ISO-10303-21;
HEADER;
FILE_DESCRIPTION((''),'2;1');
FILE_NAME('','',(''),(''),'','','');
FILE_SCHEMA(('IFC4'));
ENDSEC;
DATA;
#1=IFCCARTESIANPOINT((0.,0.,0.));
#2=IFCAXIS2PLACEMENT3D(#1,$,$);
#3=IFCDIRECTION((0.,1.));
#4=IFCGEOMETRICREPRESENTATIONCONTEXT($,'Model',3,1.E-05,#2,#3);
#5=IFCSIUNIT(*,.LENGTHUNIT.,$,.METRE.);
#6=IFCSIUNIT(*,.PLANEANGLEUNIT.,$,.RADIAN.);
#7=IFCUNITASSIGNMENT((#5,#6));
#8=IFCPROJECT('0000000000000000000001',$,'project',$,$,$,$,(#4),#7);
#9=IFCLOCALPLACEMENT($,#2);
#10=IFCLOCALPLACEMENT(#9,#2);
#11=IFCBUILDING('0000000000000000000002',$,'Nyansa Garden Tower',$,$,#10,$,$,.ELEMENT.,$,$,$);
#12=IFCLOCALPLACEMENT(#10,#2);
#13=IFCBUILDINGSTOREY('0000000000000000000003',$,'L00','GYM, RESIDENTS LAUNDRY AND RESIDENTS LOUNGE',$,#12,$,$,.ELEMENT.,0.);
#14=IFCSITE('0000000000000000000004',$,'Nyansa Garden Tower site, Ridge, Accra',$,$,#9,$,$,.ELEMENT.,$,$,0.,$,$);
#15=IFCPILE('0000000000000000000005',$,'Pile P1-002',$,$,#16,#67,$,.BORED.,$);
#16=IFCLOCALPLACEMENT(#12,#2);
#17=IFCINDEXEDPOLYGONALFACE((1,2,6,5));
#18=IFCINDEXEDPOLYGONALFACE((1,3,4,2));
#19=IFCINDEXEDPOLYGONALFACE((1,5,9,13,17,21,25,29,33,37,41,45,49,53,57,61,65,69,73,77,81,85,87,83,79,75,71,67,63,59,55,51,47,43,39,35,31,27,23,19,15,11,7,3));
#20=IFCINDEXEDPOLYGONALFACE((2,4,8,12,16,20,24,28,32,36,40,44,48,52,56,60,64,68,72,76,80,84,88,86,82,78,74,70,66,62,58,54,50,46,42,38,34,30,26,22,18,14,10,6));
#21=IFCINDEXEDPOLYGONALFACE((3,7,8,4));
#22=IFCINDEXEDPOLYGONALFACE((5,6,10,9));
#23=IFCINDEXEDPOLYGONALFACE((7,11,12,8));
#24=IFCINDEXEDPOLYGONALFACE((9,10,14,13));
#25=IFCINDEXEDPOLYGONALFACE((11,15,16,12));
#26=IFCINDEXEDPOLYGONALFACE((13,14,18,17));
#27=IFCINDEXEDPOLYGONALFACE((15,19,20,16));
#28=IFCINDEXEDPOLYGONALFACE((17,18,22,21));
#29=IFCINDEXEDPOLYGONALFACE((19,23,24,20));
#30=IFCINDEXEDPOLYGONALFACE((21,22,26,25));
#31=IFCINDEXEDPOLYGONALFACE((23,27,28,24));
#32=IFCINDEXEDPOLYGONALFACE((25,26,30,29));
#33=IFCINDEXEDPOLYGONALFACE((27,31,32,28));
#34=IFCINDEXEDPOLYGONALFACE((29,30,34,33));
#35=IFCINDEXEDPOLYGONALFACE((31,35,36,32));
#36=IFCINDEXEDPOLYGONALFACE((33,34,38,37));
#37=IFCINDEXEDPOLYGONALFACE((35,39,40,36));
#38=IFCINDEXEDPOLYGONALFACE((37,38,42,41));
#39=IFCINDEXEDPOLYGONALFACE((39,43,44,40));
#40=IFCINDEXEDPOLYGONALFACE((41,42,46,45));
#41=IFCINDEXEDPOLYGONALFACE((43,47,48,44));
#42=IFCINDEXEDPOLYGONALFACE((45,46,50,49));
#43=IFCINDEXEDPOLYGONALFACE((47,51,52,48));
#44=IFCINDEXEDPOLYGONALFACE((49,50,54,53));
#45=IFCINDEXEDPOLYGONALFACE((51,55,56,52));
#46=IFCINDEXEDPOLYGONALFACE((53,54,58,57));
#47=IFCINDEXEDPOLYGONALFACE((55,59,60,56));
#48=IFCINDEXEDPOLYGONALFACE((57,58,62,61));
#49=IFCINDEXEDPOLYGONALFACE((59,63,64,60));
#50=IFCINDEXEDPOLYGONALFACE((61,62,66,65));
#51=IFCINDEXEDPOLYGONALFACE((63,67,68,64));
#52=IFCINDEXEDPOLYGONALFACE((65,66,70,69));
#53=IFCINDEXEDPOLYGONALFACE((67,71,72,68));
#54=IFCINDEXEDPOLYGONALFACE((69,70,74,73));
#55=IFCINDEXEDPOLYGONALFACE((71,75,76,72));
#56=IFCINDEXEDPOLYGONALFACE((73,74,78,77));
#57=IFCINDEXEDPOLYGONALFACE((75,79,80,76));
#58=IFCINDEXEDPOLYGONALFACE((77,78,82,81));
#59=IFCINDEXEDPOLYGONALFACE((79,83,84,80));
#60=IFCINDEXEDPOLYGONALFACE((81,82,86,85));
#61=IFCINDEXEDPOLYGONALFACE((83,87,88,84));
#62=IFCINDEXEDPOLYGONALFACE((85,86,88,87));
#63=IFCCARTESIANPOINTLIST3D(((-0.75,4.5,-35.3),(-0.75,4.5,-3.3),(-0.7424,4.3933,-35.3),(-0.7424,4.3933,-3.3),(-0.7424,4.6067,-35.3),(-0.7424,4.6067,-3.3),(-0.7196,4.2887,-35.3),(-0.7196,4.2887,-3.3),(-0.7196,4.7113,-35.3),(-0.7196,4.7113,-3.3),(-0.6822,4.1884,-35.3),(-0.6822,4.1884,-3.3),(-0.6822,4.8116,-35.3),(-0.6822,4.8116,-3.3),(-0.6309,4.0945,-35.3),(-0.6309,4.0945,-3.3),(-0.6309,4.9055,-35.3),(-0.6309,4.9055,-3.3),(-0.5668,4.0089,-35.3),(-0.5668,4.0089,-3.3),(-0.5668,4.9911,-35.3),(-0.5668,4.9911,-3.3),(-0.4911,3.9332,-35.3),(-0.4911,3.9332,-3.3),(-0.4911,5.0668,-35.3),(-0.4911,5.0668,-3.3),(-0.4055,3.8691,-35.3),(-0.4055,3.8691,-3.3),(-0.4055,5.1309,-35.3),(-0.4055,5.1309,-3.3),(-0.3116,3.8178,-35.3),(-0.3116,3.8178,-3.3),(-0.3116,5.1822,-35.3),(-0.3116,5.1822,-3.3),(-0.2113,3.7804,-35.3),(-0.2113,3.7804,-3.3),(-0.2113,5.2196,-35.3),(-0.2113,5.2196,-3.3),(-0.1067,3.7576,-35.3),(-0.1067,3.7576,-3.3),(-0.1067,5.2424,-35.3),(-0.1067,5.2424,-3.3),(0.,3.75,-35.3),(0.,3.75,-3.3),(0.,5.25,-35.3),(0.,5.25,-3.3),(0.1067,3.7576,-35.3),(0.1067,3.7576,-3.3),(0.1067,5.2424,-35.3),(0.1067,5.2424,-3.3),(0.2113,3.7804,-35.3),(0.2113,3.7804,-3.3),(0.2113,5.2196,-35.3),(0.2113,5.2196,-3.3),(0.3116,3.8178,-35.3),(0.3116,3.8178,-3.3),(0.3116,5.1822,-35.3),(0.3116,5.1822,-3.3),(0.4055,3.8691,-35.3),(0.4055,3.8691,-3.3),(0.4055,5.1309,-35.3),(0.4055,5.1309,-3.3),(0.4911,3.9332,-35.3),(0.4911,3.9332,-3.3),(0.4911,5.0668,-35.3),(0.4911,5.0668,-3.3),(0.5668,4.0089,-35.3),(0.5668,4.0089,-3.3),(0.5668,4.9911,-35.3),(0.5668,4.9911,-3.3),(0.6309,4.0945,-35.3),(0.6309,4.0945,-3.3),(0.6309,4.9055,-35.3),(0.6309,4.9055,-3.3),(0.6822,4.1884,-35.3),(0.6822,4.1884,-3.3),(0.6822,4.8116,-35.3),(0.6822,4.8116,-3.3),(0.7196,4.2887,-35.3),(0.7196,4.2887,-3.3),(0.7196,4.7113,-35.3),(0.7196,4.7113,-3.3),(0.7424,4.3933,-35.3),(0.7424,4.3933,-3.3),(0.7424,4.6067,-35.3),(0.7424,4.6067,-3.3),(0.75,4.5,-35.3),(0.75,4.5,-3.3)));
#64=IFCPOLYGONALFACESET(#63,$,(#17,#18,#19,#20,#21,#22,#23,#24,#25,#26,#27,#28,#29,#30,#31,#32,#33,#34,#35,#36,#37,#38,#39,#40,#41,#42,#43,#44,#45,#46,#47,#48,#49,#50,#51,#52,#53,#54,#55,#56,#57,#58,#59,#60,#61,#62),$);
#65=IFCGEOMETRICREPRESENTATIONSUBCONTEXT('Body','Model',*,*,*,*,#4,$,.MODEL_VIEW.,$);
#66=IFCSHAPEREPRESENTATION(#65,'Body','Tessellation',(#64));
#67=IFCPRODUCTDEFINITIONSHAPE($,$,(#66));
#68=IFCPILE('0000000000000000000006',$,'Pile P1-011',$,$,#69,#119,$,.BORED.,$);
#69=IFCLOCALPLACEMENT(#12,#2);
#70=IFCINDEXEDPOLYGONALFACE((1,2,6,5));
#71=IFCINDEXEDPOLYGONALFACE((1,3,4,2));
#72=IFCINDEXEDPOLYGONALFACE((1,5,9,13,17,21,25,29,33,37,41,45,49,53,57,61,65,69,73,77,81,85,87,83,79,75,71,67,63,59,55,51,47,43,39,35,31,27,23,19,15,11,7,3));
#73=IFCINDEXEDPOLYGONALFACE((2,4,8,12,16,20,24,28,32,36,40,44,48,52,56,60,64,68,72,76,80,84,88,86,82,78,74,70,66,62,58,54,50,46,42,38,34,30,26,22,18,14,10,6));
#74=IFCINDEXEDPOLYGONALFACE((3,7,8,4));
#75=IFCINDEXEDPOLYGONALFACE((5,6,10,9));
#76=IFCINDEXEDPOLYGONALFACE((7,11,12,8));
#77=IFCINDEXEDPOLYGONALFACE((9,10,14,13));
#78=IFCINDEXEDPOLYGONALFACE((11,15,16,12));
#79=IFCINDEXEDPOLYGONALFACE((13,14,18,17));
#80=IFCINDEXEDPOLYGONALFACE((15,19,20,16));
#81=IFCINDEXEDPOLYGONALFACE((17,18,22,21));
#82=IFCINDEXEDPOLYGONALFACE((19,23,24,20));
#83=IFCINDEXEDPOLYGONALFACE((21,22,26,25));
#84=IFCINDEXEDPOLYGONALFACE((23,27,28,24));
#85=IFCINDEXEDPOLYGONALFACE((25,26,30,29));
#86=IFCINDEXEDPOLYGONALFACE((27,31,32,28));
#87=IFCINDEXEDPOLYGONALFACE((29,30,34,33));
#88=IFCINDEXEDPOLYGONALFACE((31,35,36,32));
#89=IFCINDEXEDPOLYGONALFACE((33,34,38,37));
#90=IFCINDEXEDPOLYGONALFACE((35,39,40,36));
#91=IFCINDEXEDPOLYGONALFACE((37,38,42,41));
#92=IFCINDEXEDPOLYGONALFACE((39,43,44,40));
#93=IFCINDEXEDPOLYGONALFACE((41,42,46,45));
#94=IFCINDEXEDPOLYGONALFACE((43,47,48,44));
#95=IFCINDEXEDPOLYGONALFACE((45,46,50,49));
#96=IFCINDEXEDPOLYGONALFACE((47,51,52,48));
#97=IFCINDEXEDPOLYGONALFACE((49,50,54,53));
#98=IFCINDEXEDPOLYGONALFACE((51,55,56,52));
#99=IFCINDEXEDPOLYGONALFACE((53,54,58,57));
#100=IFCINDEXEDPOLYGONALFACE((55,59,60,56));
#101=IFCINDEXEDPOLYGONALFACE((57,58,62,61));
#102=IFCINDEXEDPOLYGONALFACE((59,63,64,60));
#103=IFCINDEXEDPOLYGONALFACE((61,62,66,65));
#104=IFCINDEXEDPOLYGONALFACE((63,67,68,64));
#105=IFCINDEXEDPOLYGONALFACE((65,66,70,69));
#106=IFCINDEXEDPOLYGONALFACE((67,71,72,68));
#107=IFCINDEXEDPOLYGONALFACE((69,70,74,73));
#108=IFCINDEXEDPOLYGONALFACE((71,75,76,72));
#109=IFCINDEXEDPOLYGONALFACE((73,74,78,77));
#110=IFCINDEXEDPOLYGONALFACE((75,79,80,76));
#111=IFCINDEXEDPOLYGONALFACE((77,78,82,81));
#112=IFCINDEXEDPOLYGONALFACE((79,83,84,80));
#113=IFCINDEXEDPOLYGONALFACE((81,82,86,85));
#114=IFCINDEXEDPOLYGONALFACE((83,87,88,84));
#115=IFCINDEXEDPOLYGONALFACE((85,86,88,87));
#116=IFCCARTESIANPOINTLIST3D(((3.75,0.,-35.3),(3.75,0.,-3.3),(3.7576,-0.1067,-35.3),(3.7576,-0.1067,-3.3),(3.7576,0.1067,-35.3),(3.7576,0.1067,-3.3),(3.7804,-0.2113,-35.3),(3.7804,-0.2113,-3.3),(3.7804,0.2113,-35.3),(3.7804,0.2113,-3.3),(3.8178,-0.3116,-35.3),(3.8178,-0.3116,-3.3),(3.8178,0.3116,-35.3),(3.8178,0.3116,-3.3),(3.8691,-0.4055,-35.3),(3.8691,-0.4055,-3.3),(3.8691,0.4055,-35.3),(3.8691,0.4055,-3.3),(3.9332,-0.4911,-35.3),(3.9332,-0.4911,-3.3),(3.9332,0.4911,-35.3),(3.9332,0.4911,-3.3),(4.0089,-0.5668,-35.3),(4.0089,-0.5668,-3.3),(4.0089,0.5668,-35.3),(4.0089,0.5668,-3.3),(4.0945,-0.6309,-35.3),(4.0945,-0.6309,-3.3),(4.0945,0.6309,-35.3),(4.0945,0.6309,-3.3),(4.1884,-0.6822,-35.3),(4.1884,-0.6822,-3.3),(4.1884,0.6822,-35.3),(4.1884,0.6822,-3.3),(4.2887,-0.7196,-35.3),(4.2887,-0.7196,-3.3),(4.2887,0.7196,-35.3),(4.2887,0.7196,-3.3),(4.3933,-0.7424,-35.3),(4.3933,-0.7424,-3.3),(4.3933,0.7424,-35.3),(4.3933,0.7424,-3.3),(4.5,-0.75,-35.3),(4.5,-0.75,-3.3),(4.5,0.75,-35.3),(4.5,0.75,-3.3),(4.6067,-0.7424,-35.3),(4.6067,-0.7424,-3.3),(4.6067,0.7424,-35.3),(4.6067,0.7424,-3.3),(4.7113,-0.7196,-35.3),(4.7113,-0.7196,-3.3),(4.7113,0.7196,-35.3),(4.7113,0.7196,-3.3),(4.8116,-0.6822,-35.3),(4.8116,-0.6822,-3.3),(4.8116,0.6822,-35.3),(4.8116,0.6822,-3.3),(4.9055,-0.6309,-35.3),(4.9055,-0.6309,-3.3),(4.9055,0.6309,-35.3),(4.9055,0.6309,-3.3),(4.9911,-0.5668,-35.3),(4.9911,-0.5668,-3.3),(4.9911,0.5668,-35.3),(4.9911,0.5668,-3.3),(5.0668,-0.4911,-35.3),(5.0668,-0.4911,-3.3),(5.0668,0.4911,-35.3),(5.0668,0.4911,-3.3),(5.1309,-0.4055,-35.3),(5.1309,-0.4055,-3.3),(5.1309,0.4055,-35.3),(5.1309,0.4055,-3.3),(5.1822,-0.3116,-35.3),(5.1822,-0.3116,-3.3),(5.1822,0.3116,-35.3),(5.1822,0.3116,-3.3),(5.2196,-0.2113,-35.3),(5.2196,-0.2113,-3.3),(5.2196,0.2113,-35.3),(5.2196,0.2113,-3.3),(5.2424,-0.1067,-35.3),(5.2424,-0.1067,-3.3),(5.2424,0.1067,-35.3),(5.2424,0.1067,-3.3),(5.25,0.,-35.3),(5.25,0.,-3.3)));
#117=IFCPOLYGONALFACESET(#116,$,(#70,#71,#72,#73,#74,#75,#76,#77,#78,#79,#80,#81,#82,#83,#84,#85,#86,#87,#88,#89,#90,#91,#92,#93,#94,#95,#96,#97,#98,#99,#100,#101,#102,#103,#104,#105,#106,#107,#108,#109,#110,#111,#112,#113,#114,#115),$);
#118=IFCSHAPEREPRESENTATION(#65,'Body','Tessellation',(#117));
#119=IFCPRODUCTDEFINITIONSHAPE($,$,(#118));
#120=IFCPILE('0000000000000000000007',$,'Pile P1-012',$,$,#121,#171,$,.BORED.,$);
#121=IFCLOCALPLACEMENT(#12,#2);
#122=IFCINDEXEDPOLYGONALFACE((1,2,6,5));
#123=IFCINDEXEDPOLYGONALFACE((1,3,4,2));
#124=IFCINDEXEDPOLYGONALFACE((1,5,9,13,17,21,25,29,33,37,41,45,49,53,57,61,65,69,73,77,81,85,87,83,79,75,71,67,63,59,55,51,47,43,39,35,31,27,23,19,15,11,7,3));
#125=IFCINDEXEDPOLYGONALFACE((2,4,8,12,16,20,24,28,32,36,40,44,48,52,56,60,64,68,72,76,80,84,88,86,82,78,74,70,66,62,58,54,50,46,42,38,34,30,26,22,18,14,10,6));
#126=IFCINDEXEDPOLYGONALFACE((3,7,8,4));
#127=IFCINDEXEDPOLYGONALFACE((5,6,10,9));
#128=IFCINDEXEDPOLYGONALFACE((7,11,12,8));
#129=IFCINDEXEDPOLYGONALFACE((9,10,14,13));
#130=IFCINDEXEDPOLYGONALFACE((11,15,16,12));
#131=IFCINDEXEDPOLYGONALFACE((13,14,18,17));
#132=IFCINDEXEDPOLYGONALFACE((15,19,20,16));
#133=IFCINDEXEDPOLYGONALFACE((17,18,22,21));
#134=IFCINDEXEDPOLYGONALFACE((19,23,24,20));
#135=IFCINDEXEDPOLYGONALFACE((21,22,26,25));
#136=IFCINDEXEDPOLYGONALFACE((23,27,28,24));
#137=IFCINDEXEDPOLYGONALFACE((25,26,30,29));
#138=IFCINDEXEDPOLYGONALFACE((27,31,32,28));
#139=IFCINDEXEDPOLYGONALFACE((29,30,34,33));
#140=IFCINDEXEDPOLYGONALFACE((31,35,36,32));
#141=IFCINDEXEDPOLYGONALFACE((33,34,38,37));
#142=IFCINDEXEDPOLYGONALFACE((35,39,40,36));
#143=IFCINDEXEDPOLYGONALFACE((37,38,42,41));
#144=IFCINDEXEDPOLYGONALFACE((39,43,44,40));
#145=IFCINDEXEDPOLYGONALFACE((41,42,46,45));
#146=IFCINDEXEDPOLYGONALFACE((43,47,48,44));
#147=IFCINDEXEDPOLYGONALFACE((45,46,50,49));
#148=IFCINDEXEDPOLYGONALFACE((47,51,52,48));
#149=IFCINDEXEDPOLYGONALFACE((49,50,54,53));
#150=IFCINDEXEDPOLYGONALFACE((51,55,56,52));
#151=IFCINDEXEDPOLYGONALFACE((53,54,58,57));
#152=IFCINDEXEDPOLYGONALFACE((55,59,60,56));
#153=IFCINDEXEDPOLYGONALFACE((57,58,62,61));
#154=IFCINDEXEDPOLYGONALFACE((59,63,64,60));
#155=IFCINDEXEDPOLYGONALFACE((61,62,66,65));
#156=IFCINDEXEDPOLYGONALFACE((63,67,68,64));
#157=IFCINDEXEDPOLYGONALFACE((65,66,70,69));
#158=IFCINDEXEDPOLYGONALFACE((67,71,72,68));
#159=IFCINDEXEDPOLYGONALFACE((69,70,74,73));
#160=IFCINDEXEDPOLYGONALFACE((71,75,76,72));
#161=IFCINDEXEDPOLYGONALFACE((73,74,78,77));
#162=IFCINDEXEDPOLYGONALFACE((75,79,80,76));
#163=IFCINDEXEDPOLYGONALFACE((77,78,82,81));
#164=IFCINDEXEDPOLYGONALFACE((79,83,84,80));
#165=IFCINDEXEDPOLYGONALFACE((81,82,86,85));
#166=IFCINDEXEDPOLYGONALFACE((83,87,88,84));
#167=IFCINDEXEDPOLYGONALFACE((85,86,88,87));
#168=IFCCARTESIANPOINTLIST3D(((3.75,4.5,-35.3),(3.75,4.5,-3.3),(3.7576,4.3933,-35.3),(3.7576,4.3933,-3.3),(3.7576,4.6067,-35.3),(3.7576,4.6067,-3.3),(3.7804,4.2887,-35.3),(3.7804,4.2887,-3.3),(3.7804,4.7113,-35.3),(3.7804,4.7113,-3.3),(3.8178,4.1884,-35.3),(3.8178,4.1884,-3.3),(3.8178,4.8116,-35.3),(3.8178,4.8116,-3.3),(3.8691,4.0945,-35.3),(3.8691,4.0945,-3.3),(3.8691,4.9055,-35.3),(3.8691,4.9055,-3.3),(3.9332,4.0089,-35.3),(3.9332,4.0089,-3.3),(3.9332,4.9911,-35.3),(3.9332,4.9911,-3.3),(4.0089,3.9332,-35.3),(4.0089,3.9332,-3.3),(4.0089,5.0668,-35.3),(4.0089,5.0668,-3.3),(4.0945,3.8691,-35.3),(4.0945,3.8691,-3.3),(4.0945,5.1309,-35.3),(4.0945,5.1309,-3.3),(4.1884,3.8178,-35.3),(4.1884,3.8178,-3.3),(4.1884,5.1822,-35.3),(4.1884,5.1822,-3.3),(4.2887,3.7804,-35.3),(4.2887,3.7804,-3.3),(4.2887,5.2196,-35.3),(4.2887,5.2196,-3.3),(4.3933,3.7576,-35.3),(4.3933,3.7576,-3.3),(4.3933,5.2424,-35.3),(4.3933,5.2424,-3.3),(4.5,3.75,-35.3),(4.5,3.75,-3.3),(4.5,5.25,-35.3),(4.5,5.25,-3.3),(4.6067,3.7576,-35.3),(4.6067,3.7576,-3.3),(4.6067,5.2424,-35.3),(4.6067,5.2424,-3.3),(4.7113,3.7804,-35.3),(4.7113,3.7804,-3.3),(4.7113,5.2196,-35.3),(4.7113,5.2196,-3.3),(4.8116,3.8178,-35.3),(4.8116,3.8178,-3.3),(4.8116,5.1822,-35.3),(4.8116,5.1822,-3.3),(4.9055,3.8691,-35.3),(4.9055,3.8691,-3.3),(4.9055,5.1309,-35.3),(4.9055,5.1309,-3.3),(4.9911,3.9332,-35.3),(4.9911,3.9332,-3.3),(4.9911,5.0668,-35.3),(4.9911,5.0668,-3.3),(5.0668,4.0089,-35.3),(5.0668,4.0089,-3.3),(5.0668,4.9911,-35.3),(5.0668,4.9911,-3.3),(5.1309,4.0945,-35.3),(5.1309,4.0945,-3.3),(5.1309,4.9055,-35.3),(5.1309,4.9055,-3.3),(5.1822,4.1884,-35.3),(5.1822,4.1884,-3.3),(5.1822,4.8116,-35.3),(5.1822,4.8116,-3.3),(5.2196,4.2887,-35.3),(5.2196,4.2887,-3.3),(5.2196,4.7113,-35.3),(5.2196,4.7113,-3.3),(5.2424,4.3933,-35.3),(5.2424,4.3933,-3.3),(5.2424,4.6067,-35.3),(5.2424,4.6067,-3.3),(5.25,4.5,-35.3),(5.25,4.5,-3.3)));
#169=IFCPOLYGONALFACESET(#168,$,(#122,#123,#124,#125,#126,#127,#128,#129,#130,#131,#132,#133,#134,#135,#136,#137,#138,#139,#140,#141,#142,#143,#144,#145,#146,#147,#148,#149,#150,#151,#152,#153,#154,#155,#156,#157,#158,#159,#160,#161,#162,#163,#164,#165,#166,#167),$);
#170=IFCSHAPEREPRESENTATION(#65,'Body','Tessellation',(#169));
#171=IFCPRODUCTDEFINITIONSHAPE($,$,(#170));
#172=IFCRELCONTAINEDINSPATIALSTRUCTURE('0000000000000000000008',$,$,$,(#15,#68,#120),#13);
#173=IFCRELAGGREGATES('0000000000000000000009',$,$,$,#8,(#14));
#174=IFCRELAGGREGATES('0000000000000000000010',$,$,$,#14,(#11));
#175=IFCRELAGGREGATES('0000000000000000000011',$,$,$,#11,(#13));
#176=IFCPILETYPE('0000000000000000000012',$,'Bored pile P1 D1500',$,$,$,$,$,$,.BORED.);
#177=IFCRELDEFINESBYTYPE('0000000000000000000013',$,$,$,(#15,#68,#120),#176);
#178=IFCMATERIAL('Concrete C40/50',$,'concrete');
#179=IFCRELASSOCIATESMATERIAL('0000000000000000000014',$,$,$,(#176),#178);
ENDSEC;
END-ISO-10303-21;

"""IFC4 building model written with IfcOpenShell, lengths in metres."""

from ifc_helpers import new_model, si_unit, direction, frame, origin, origin_2d, place, context, subcontext, project, spatial, circle, extrude, material, type_object, element, save


model = new_model("IFC4")

# Units and contexts
model_context = context("Model", 3, precision=1e-05, world=origin(), true_north=direction((0.0, 1.0)))
body_context = subcontext(model_context, "Body", "Model", "MODEL_VIEW")
ifc_project = project(units=[si_unit("LENGTHUNIT", "METRE"), si_unit("PLANEANGLEUNIT", "RADIAN")], contexts=[model_context])

# Site, building, storey
site_placement = place(None, origin())
site = spatial("IfcSite", under=ifc_project, at=site_placement, Name="Nyansa Garden Tower site, Ridge, Accra", CompositionType="ELEMENT", RefElevation=0.0)
building_placement = place(site_placement, origin())
building = spatial("IfcBuilding", under=site, at=building_placement, Name="Nyansa Garden Tower", CompositionType="ELEMENT")
storey_placement = place(building_placement, origin())
storey = spatial("IfcBuildingStorey", under=building, at=storey_placement, Name="L00", Description="GYM, RESIDENTS LAUNDRY AND RESIDENTS LOUNGE", CompositionType="ELEMENT", Elevation=0.0)

# Piles
ifc_material_1 = material(Name="Concrete C40/50", Category="concrete")
pile_type = type_object("IfcPileType", Name="Bored pile P1 D1500", PredefinedType="BORED", material=ifc_material_1)
for number, where, z_axis, x_axis, name in (
    (1, (0.0, 4.5, -3.3), (0.0, 0.0, -1.0), (1.0, 0.0, 0.0), "Pile P1-002"),
    (2, (4.5, 0.0, -3.3), (0.0, 0.0, -1.0), (1.0, 0.0, 0.0), "Pile P1-011"),
    (3, (4.5, 4.5, -3.3), (0.0, 0.0, -1.0), (1.0, 0.0, 0.0), "Pile P1-012"),
):
    element("IfcPile", number, at=place(storey_placement, frame(where, z_axis=z_axis, x_axis=x_axis)), inside=storey, type_object=pile_type, Name=name, PredefinedType="BORED", context=body_context, shape_type="SweptSolid", body=[
        extrude(circle(Radius=0.75, at=origin_2d()), origin(), (0.0, 0.0, 1.0), 32.0),
    ])

save(model, "model.ifc")
